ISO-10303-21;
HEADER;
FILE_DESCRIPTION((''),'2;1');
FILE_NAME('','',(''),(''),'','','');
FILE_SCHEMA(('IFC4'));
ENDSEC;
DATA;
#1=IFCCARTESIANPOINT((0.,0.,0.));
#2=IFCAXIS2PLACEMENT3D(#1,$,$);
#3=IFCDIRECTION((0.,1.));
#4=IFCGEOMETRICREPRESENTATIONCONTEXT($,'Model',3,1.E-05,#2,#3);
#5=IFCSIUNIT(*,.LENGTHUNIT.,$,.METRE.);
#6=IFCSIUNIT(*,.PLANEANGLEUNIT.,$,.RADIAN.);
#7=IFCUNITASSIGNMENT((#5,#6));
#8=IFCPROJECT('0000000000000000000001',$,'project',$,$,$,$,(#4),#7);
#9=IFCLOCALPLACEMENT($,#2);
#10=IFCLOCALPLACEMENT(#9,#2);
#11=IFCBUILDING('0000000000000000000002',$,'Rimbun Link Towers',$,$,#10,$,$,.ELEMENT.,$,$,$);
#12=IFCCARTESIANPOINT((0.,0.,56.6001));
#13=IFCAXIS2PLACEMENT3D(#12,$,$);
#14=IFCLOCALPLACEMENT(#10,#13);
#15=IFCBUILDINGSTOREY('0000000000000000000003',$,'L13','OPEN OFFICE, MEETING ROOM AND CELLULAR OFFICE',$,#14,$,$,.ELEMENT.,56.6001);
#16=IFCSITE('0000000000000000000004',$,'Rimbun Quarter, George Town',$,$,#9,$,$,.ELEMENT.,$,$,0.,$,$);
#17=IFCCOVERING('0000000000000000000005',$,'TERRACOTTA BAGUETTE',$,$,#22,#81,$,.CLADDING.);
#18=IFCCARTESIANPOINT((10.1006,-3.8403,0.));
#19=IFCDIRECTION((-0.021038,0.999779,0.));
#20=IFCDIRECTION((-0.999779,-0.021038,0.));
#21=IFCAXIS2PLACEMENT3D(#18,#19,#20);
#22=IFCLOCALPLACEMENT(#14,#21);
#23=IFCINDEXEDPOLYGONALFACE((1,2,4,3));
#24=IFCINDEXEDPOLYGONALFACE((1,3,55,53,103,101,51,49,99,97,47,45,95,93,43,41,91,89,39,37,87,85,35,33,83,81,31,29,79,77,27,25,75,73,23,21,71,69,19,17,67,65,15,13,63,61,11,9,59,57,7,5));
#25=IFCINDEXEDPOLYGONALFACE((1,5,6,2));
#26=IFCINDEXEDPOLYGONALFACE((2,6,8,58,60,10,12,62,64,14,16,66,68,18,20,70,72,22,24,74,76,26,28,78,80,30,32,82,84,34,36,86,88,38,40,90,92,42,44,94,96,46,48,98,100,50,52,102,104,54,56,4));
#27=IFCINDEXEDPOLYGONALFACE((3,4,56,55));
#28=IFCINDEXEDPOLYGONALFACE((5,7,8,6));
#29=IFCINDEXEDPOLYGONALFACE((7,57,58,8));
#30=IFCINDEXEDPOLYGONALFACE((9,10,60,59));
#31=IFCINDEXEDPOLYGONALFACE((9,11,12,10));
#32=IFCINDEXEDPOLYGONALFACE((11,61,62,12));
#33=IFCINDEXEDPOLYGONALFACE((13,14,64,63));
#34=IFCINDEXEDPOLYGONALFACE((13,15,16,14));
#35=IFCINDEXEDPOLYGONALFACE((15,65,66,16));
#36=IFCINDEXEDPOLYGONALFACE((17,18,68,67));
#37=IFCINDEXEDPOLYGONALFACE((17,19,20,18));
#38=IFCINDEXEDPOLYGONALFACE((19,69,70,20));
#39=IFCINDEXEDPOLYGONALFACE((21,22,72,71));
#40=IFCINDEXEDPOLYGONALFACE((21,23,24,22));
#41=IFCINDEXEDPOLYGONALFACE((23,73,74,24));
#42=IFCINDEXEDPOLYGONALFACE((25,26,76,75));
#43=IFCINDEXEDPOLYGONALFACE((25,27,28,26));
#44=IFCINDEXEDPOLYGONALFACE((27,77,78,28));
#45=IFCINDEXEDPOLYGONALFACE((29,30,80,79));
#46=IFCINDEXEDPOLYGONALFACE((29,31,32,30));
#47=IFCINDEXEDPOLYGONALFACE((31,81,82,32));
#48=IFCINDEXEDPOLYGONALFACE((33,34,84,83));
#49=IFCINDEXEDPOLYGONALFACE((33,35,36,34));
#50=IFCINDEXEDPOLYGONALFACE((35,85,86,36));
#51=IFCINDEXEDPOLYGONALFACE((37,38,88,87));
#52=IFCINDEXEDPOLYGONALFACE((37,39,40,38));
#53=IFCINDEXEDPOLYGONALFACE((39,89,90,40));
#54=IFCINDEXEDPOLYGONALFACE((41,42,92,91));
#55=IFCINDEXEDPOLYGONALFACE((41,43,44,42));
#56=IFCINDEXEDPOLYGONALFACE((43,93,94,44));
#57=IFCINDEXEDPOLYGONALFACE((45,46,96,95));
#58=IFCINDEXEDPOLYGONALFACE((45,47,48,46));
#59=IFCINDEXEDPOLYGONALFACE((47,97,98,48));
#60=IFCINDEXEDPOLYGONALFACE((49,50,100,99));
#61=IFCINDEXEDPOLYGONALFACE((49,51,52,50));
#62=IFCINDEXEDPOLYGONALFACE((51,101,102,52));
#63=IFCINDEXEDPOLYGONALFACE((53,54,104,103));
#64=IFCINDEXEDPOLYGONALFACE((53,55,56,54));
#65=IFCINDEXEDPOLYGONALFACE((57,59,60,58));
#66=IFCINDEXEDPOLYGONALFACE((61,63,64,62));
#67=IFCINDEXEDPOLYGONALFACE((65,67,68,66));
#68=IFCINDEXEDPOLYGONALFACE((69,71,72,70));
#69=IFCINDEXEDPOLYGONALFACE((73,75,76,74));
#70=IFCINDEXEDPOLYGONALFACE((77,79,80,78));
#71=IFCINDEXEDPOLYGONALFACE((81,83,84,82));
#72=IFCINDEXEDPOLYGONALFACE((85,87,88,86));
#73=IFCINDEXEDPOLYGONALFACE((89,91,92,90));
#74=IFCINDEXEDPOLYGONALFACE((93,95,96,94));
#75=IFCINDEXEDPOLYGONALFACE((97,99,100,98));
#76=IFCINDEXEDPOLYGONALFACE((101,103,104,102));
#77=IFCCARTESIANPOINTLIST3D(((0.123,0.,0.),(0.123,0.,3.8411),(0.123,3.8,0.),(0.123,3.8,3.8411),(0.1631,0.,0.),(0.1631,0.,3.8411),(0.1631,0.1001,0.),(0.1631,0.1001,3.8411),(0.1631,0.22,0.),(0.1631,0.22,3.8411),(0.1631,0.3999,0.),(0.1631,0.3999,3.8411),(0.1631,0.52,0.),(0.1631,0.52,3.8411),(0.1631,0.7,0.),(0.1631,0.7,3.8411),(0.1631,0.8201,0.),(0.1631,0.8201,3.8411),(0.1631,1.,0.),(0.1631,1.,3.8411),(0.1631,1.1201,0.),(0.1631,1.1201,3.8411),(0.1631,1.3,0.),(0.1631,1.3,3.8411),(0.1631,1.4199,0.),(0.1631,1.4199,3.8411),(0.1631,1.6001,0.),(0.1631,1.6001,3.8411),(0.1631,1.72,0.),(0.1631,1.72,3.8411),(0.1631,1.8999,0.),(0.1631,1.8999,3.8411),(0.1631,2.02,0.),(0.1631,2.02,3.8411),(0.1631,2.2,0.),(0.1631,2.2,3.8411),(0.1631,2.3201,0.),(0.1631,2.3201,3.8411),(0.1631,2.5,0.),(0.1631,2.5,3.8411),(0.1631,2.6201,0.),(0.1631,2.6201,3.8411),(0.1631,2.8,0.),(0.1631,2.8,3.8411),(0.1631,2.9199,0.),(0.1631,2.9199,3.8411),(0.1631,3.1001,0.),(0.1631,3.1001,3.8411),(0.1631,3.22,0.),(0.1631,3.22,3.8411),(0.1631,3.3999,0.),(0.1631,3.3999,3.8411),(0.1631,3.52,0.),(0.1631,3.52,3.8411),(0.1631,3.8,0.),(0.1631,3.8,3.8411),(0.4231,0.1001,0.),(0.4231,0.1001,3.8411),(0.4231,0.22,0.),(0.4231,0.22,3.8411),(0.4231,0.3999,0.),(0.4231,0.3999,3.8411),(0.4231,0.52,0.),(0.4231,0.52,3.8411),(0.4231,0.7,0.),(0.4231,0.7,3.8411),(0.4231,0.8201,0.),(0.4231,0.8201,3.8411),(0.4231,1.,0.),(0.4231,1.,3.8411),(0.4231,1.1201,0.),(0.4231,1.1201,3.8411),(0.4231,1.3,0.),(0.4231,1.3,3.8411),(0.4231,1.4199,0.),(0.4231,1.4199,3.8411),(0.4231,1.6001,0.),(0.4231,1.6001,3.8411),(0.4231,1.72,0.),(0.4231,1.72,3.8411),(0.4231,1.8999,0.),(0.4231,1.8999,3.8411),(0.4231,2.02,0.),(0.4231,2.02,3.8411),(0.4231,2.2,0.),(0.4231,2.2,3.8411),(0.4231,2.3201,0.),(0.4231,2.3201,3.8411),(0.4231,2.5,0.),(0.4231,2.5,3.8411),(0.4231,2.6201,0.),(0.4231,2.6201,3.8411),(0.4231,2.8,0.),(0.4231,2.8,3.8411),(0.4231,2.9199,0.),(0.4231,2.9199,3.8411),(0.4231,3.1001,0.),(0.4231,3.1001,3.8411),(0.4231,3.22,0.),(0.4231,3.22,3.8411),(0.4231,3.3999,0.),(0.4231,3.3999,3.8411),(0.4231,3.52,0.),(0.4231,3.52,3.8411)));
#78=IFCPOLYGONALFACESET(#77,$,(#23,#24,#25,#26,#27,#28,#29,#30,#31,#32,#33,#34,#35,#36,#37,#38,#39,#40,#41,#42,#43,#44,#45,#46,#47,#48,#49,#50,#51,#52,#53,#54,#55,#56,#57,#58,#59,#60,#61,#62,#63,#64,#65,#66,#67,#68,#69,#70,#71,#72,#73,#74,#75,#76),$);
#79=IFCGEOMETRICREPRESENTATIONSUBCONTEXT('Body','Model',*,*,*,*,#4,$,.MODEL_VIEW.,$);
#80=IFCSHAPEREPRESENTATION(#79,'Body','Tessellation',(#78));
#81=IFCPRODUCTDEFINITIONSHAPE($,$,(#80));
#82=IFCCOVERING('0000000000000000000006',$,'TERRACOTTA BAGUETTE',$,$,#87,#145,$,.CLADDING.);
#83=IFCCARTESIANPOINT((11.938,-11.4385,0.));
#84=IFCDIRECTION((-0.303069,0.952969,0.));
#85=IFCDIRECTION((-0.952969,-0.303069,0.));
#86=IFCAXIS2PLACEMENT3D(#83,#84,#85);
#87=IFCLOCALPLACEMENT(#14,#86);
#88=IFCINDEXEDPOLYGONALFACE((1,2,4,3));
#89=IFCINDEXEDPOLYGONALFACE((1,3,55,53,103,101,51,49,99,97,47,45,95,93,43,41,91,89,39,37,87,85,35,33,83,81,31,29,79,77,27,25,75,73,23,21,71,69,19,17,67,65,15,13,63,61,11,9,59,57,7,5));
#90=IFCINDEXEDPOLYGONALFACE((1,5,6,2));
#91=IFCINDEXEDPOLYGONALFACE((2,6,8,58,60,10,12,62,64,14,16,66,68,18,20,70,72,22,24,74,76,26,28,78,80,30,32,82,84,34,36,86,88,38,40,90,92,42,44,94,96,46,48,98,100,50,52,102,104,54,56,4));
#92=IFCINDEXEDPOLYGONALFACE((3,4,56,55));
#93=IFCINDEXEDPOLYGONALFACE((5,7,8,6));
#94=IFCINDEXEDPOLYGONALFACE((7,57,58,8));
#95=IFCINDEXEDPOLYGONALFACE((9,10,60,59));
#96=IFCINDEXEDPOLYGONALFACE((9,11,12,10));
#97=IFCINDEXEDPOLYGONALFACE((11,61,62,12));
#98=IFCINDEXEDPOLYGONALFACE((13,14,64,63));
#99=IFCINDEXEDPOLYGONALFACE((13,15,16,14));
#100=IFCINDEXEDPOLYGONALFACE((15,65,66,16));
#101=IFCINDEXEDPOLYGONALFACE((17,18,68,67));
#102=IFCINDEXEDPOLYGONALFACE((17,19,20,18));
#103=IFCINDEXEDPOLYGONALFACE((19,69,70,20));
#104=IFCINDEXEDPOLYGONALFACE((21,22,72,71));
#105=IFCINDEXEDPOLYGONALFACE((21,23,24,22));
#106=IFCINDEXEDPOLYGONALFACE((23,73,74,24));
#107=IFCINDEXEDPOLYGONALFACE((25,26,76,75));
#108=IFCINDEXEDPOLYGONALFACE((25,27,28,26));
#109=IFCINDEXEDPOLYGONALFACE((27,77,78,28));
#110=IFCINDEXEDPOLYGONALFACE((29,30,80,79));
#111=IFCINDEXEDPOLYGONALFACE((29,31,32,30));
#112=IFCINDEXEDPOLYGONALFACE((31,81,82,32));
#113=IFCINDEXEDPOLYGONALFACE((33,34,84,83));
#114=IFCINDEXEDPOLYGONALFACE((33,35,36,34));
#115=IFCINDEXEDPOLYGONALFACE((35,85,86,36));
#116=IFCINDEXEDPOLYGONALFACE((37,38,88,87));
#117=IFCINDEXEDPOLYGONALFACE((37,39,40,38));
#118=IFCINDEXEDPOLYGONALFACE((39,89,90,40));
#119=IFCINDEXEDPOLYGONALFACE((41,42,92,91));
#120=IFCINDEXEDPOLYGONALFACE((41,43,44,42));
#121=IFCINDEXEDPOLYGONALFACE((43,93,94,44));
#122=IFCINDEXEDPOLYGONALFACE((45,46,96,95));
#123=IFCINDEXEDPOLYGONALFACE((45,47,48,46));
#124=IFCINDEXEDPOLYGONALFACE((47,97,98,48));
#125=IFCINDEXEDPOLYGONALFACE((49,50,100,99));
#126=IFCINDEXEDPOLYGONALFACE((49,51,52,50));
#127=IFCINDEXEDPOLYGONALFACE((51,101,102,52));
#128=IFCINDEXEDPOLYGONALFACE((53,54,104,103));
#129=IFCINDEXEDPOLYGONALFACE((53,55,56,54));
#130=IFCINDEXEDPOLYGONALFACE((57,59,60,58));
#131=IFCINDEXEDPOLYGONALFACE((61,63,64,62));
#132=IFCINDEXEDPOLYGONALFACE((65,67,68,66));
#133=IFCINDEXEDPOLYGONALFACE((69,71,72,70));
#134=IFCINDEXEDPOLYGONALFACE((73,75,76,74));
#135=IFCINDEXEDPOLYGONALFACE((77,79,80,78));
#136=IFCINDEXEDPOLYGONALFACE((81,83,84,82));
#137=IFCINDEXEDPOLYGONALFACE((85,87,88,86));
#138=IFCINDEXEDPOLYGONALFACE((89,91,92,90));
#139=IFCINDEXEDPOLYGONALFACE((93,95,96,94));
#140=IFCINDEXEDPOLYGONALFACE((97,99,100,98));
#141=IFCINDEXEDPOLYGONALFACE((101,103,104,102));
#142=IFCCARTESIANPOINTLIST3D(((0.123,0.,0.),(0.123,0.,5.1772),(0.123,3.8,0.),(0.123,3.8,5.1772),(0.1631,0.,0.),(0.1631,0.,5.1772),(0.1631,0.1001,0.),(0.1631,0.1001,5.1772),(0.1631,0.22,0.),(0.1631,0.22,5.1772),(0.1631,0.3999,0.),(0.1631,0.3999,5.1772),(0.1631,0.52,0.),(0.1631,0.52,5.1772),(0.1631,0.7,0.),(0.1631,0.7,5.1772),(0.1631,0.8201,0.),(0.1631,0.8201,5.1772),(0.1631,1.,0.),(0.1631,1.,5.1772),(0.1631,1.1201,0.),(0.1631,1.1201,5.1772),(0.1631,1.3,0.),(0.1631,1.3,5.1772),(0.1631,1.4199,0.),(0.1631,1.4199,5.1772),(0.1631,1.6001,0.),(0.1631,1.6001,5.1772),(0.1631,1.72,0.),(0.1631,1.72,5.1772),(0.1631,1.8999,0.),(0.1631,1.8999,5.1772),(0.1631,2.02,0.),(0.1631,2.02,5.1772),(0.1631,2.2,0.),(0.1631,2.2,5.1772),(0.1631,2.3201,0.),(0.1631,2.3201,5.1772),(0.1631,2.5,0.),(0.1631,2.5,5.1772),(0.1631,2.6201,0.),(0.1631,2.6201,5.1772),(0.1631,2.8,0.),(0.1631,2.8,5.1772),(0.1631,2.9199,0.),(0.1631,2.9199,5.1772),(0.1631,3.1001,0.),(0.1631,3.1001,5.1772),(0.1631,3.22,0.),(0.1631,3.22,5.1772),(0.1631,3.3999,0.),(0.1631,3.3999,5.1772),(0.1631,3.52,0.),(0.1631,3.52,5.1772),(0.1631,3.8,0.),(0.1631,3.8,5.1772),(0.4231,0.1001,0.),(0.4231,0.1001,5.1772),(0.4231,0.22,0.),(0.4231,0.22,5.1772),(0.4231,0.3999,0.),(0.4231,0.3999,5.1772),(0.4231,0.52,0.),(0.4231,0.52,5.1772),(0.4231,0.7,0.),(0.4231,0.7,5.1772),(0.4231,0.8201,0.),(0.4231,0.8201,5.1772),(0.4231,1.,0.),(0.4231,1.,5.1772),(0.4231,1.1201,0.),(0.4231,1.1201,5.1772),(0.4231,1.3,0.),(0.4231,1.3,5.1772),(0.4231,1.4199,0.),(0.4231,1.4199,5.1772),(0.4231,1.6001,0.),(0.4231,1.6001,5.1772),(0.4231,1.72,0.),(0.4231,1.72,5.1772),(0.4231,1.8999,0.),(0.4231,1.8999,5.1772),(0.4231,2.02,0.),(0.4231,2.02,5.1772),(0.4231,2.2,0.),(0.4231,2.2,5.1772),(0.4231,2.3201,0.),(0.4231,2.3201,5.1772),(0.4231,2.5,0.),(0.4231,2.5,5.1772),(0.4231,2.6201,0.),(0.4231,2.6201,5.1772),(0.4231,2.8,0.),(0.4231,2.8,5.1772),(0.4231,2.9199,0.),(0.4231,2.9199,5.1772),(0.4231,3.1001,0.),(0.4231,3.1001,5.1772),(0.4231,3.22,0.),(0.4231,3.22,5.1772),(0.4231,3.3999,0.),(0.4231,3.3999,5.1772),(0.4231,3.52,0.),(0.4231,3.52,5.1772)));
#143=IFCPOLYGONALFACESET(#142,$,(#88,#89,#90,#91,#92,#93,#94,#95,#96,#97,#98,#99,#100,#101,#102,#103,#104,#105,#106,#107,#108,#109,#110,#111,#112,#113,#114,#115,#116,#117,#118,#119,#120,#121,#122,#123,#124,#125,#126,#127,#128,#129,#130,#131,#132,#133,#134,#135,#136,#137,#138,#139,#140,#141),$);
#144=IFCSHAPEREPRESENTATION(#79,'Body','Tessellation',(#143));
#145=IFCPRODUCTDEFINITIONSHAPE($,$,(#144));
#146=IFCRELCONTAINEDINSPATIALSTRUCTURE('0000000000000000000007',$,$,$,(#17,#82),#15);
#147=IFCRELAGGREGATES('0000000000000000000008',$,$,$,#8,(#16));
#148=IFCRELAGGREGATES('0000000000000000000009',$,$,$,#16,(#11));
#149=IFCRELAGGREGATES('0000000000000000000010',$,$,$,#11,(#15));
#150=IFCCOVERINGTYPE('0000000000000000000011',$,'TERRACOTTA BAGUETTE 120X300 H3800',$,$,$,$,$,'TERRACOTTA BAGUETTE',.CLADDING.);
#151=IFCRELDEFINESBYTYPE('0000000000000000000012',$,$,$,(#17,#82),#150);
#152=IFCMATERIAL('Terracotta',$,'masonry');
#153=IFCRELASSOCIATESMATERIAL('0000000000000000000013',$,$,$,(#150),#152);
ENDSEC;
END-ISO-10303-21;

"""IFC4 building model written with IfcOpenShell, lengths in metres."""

from ifc_helpers import new_model, si_unit, direction, frame, origin, place, context, subcontext, project, spatial, polyline, outline, extrude, material, material_profile, profile_set, type_object, element, save


model = new_model("IFC4")

# Units and contexts
model_context = context("Model", 3, precision=1e-05, world=origin(), true_north=direction((0.0, 1.0)))
body_context = subcontext(model_context, "Body", "Model", "MODEL_VIEW")
ifc_project = project(units=[si_unit("LENGTHUNIT", "METRE"), si_unit("PLANEANGLEUNIT", "RADIAN")], contexts=[model_context])

# Site, building, storey
site_placement = place(None, origin())
site = spatial("IfcSite", under=ifc_project, at=site_placement, Name="Rimbun Quarter, George Town", CompositionType="ELEMENT", RefElevation=0.0)
building_placement = place(site_placement, origin())
building = spatial("IfcBuilding", under=site, at=building_placement, Name="Rimbun Link Towers", CompositionType="ELEMENT")
storey_placement = place(building_placement, frame((0.0, 0.0, 56.6001)))
storey = spatial("IfcBuildingStorey", under=building, at=storey_placement, Name="L13", Description="OPEN OFFICE, MEETING ROOM AND CELLULAR OFFICE", CompositionType="ELEMENT", Elevation=56.6001)

# Coverings
ifc_material_1 = material(Name="Terracotta", Category="masonry")
ifc_material_profile_1 = material_profile(ifc_material_1, outline(polyline([(0.123, 0.0), (0.1631, 0.0), (0.1631, 0.1001), (0.4231, 0.1001), (0.4231, 0.22), (0.1631, 0.22), (0.1631, 0.3999), (0.4231, 0.3999), (0.4231, 0.52), (0.1631, 0.52), (0.1631, 0.7), (0.4231, 0.7), (0.4231, 0.8201), (0.1631, 0.8201), (0.1631, 1.0), (0.4231, 1.0), (0.4231, 1.1201), (0.1631, 1.1201), (0.1631, 1.3), (0.4231, 1.3), (0.4231, 1.4199), (0.1631, 1.4199), (0.1631, 1.6001), (0.4231, 1.6001), (0.4231, 1.72), (0.1631, 1.72), (0.1631, 1.8999), (0.4231, 1.8999), (0.4231, 2.02), (0.1631, 2.02), (0.1631, 2.2), (0.4231, 2.2), (0.4231, 2.3201), (0.1631, 2.3201), (0.1631, 2.5), (0.4231, 2.5), (0.4231, 2.6201), (0.1631, 2.6201), (0.1631, 2.8), (0.4231, 2.8), (0.4231, 2.9199), (0.1631, 2.9199), (0.1631, 3.1001), (0.4231, 3.1001), (0.4231, 3.22), (0.1631, 3.22), (0.1631, 3.3999), (0.4231, 3.3999), (0.4231, 3.52), (0.1631, 3.52), (0.1631, 3.8), (0.123, 3.8), (0.123, 0.0)])), Name="BAGUETTE 120X300")
ifc_profile_set_1 = profile_set([ifc_material_profile_1], Name="Terracotta")
covering_type_1 = type_object("IfcCoveringType", Name="TERRACOTTA BAGUETTE 120X300 H3800", ElementType="TERRACOTTA BAGUETTE", PredefinedType="CLADDING", material=ifc_profile_set_1)
covering_1_placement = place(storey_placement, frame((10.1006, -3.8403, 0.0), z_axis=(-0.021038, 0.999779, 0.0), x_axis=(-0.999779, -0.021038, 0.0)))
element("IfcCovering", 1, at=covering_1_placement, inside=storey, type_object=covering_type_1, Name="TERRACOTTA BAGUETTE", PredefinedType="CLADDING", context=body_context, shape_type="SweptSolid", body=[
    extrude(outline(polyline([(0.123, 0.0), (0.1631, 0.0), (0.1631, 0.1001), (0.4231, 0.1001), (0.4231, 0.22), (0.1631, 0.22), (0.1631, 0.3999), (0.4231, 0.3999), (0.4231, 0.52), (0.1631, 0.52), (0.1631, 0.7), (0.4231, 0.7), (0.4231, 0.8201), (0.1631, 0.8201), (0.1631, 1.0), (0.4231, 1.0), (0.4231, 1.1201), (0.1631, 1.1201), (0.1631, 1.3), (0.4231, 1.3), (0.4231, 1.4199), (0.1631, 1.4199), (0.1631, 1.6001), (0.4231, 1.6001), (0.4231, 1.72), (0.1631, 1.72), (0.1631, 1.8999), (0.4231, 1.8999), (0.4231, 2.02), (0.1631, 2.02), (0.1631, 2.2), (0.4231, 2.2), (0.4231, 2.3201), (0.1631, 2.3201), (0.1631, 2.5), (0.4231, 2.5), (0.4231, 2.6201), (0.1631, 2.6201), (0.1631, 2.8), (0.4231, 2.8), (0.4231, 2.9199), (0.1631, 2.9199), (0.1631, 3.1001), (0.4231, 3.1001), (0.4231, 3.22), (0.1631, 3.22), (0.1631, 3.3999), (0.4231, 3.3999), (0.4231, 3.52), (0.1631, 3.52), (0.1631, 3.8), (0.123, 3.8), (0.123, 0.0)])), origin(), (0.0, 0.0, 1.0), 3.8411),
])
covering_2_placement = place(storey_placement, frame((11.938, -11.4385, 0.0), z_axis=(-0.303069, 0.952969, 0.0), x_axis=(-0.952969, -0.303069, 0.0)))
element("IfcCovering", 2, at=covering_2_placement, inside=storey, type_object=covering_type_1, Name="TERRACOTTA BAGUETTE", PredefinedType="CLADDING", context=body_context, shape_type="SweptSolid", body=[
    extrude(outline(polyline([(0.123, 0.0), (0.1631, 0.0), (0.1631, 0.1001), (0.4231, 0.1001), (0.4231, 0.22), (0.1631, 0.22), (0.1631, 0.3999), (0.4231, 0.3999), (0.4231, 0.52), (0.1631, 0.52), (0.1631, 0.7), (0.4231, 0.7), (0.4231, 0.8201), (0.1631, 0.8201), (0.1631, 1.0), (0.4231, 1.0), (0.4231, 1.1201), (0.1631, 1.1201), (0.1631, 1.3), (0.4231, 1.3), (0.4231, 1.4199), (0.1631, 1.4199), (0.1631, 1.6001), (0.4231, 1.6001), (0.4231, 1.72), (0.1631, 1.72), (0.1631, 1.8999), (0.4231, 1.8999), (0.4231, 2.02), (0.1631, 2.02), (0.1631, 2.2), (0.4231, 2.2), (0.4231, 2.3201), (0.1631, 2.3201), (0.1631, 2.5), (0.4231, 2.5), (0.4231, 2.6201), (0.1631, 2.6201), (0.1631, 2.8), (0.4231, 2.8), (0.4231, 2.9199), (0.1631, 2.9199), (0.1631, 3.1001), (0.4231, 3.1001), (0.4231, 3.22), (0.1631, 3.22), (0.1631, 3.3999), (0.4231, 3.3999), (0.4231, 3.52), (0.1631, 3.52), (0.1631, 3.8), (0.123, 3.8), (0.123, 0.0)])), origin(), (0.0, 0.0, 1.0), 5.1772),
])

save(model, "model.ifc")
